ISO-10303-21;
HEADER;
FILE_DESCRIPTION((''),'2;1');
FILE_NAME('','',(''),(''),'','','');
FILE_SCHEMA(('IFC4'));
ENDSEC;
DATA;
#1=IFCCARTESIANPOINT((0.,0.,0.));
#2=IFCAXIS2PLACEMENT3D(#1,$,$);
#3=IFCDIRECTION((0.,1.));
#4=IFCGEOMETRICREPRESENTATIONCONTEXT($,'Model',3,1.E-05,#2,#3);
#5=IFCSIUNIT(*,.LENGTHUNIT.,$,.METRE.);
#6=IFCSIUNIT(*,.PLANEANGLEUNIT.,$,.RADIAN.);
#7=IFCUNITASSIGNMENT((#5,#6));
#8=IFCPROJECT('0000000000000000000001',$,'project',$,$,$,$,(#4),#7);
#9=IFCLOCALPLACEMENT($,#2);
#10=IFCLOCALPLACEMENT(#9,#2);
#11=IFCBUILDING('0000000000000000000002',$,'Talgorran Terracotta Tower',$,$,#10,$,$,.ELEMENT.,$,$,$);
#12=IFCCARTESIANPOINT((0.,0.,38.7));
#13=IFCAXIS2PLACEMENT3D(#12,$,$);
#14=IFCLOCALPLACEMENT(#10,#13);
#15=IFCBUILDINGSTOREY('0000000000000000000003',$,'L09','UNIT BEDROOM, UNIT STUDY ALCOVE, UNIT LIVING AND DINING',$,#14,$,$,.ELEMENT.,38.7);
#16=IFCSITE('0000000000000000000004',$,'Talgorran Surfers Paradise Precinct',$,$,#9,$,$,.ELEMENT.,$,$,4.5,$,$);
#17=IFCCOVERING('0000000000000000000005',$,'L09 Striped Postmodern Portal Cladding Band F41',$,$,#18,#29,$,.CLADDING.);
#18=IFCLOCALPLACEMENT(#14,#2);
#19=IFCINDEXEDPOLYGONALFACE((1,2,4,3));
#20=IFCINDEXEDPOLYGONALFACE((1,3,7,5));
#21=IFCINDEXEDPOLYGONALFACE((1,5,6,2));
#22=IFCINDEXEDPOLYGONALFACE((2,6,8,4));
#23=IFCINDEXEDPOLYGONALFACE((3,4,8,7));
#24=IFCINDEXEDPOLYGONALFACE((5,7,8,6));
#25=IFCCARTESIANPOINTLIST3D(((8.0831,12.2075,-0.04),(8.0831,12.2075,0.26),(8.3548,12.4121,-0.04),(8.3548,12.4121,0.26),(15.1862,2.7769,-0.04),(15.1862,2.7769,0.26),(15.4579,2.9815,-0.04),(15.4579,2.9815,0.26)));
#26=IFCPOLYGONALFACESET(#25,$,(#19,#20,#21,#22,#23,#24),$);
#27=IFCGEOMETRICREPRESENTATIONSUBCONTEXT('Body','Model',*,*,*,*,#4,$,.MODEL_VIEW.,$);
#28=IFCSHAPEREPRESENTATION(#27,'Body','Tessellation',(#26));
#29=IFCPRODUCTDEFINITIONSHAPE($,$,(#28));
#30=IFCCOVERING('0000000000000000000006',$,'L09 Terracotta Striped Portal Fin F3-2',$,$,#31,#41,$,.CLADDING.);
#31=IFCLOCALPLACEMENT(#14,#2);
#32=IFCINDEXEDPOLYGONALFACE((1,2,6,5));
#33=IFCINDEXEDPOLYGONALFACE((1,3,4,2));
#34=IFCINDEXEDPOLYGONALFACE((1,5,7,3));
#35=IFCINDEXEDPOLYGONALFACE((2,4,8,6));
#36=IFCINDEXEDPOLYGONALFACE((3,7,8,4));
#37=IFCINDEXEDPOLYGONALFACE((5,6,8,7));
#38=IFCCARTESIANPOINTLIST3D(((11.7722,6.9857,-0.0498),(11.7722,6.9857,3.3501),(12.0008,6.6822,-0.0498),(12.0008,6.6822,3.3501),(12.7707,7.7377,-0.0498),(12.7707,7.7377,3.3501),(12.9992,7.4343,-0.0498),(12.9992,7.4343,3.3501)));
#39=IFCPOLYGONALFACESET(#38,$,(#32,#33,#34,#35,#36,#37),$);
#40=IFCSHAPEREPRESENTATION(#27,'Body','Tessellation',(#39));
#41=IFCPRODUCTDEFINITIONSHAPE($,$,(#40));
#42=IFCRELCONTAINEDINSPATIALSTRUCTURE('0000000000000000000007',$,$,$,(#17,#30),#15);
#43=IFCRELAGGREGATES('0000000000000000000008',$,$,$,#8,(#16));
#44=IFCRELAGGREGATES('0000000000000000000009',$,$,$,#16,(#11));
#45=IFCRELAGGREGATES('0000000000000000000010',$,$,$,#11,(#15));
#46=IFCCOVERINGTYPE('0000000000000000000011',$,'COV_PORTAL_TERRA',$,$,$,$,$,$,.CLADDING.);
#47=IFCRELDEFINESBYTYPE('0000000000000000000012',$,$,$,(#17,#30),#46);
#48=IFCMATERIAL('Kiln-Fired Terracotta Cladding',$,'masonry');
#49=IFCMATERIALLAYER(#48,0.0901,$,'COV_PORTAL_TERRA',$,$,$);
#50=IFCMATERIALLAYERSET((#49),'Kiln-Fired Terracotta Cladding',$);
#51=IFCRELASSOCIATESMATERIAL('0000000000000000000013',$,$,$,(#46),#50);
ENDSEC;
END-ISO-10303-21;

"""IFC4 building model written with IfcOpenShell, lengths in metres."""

from ifc_helpers import new_model, si_unit, direction, frame, origin, origin_2d, place, context, subcontext, project, spatial, rectangle, extrude, material, layer, layer_set, type_object, element, save


model = new_model("IFC4")

# Units and contexts
model_context = context("Model", 3, precision=1e-05, world=origin(), true_north=direction((0.0, 1.0)))
body_context = subcontext(model_context, "Body", "Model", "MODEL_VIEW")
ifc_project = project(units=[si_unit("LENGTHUNIT", "METRE"), si_unit("PLANEANGLEUNIT", "RADIAN")], contexts=[model_context])

# Site, building, storey
site_placement = place(None, origin())
site = spatial("IfcSite", under=ifc_project, at=site_placement, Name="Talgorran Surfers Paradise Precinct", CompositionType="ELEMENT", RefElevation=4.5)
building_placement = place(site_placement, origin())
building = spatial("IfcBuilding", under=site, at=building_placement, Name="Talgorran Terracotta Tower", CompositionType="ELEMENT")
storey_placement = place(building_placement, frame((0.0, 0.0, 38.7)))
storey = spatial("IfcBuildingStorey", under=building, at=storey_placement, Name="L09", Description="UNIT BEDROOM, UNIT STUDY ALCOVE, UNIT LIVING AND DINING", CompositionType="ELEMENT", Elevation=38.7)

# Coverings
ifc_material_1 = material(Name="Kiln-Fired Terracotta Cladding", Category="masonry")
ifc_layer_1 = layer(ifc_material_1, 0.0901, Name="COV_PORTAL_TERRA")
ifc_layer_set_1 = layer_set([ifc_layer_1], Name="Kiln-Fired Terracotta Cladding")
covering_type_1 = type_object("IfcCoveringType", Name="COV_PORTAL_TERRA", PredefinedType="CLADDING", material=ifc_layer_set_1)
covering_1_placement = place(storey_placement, frame((11.7705, 7.5945, -0.04), z_axis=(0.0, 0.0, 1.0), x_axis=(-0.601634, 0.798772, 0.0)))
element("IfcCovering", 1, at=covering_1_placement, inside=storey, type_object=covering_type_1, Name="L09 Striped Postmodern Portal Cladding Band F41", PredefinedType="CLADDING", context=body_context, shape_type="SweptSolid", body=[
    extrude(rectangle(XDim=11.8064, YDim=0.3401, at=origin_2d()), origin(), (0.0, 0.0, 1.0), 0.3),
])
covering_2_placement = place(storey_placement, frame((12.3857, 7.21, -0.0498), z_axis=(0.0, 0.0, 1.0), x_axis=(-0.601634, 0.798772, 0.0)))
element("IfcCovering", 2, at=covering_2_placement, inside=storey, type_object=covering_type_1, Name="L09 Terracotta Striped Portal Fin F3-2", PredefinedType="CLADDING", context=body_context, shape_type="SweptSolid", body=[
    extrude(rectangle(XDim=0.3799, YDim=1.25, at=origin_2d()), origin(), (0.0, 0.0, 1.0), 3.3999),
])

save(model, "model.ifc")
